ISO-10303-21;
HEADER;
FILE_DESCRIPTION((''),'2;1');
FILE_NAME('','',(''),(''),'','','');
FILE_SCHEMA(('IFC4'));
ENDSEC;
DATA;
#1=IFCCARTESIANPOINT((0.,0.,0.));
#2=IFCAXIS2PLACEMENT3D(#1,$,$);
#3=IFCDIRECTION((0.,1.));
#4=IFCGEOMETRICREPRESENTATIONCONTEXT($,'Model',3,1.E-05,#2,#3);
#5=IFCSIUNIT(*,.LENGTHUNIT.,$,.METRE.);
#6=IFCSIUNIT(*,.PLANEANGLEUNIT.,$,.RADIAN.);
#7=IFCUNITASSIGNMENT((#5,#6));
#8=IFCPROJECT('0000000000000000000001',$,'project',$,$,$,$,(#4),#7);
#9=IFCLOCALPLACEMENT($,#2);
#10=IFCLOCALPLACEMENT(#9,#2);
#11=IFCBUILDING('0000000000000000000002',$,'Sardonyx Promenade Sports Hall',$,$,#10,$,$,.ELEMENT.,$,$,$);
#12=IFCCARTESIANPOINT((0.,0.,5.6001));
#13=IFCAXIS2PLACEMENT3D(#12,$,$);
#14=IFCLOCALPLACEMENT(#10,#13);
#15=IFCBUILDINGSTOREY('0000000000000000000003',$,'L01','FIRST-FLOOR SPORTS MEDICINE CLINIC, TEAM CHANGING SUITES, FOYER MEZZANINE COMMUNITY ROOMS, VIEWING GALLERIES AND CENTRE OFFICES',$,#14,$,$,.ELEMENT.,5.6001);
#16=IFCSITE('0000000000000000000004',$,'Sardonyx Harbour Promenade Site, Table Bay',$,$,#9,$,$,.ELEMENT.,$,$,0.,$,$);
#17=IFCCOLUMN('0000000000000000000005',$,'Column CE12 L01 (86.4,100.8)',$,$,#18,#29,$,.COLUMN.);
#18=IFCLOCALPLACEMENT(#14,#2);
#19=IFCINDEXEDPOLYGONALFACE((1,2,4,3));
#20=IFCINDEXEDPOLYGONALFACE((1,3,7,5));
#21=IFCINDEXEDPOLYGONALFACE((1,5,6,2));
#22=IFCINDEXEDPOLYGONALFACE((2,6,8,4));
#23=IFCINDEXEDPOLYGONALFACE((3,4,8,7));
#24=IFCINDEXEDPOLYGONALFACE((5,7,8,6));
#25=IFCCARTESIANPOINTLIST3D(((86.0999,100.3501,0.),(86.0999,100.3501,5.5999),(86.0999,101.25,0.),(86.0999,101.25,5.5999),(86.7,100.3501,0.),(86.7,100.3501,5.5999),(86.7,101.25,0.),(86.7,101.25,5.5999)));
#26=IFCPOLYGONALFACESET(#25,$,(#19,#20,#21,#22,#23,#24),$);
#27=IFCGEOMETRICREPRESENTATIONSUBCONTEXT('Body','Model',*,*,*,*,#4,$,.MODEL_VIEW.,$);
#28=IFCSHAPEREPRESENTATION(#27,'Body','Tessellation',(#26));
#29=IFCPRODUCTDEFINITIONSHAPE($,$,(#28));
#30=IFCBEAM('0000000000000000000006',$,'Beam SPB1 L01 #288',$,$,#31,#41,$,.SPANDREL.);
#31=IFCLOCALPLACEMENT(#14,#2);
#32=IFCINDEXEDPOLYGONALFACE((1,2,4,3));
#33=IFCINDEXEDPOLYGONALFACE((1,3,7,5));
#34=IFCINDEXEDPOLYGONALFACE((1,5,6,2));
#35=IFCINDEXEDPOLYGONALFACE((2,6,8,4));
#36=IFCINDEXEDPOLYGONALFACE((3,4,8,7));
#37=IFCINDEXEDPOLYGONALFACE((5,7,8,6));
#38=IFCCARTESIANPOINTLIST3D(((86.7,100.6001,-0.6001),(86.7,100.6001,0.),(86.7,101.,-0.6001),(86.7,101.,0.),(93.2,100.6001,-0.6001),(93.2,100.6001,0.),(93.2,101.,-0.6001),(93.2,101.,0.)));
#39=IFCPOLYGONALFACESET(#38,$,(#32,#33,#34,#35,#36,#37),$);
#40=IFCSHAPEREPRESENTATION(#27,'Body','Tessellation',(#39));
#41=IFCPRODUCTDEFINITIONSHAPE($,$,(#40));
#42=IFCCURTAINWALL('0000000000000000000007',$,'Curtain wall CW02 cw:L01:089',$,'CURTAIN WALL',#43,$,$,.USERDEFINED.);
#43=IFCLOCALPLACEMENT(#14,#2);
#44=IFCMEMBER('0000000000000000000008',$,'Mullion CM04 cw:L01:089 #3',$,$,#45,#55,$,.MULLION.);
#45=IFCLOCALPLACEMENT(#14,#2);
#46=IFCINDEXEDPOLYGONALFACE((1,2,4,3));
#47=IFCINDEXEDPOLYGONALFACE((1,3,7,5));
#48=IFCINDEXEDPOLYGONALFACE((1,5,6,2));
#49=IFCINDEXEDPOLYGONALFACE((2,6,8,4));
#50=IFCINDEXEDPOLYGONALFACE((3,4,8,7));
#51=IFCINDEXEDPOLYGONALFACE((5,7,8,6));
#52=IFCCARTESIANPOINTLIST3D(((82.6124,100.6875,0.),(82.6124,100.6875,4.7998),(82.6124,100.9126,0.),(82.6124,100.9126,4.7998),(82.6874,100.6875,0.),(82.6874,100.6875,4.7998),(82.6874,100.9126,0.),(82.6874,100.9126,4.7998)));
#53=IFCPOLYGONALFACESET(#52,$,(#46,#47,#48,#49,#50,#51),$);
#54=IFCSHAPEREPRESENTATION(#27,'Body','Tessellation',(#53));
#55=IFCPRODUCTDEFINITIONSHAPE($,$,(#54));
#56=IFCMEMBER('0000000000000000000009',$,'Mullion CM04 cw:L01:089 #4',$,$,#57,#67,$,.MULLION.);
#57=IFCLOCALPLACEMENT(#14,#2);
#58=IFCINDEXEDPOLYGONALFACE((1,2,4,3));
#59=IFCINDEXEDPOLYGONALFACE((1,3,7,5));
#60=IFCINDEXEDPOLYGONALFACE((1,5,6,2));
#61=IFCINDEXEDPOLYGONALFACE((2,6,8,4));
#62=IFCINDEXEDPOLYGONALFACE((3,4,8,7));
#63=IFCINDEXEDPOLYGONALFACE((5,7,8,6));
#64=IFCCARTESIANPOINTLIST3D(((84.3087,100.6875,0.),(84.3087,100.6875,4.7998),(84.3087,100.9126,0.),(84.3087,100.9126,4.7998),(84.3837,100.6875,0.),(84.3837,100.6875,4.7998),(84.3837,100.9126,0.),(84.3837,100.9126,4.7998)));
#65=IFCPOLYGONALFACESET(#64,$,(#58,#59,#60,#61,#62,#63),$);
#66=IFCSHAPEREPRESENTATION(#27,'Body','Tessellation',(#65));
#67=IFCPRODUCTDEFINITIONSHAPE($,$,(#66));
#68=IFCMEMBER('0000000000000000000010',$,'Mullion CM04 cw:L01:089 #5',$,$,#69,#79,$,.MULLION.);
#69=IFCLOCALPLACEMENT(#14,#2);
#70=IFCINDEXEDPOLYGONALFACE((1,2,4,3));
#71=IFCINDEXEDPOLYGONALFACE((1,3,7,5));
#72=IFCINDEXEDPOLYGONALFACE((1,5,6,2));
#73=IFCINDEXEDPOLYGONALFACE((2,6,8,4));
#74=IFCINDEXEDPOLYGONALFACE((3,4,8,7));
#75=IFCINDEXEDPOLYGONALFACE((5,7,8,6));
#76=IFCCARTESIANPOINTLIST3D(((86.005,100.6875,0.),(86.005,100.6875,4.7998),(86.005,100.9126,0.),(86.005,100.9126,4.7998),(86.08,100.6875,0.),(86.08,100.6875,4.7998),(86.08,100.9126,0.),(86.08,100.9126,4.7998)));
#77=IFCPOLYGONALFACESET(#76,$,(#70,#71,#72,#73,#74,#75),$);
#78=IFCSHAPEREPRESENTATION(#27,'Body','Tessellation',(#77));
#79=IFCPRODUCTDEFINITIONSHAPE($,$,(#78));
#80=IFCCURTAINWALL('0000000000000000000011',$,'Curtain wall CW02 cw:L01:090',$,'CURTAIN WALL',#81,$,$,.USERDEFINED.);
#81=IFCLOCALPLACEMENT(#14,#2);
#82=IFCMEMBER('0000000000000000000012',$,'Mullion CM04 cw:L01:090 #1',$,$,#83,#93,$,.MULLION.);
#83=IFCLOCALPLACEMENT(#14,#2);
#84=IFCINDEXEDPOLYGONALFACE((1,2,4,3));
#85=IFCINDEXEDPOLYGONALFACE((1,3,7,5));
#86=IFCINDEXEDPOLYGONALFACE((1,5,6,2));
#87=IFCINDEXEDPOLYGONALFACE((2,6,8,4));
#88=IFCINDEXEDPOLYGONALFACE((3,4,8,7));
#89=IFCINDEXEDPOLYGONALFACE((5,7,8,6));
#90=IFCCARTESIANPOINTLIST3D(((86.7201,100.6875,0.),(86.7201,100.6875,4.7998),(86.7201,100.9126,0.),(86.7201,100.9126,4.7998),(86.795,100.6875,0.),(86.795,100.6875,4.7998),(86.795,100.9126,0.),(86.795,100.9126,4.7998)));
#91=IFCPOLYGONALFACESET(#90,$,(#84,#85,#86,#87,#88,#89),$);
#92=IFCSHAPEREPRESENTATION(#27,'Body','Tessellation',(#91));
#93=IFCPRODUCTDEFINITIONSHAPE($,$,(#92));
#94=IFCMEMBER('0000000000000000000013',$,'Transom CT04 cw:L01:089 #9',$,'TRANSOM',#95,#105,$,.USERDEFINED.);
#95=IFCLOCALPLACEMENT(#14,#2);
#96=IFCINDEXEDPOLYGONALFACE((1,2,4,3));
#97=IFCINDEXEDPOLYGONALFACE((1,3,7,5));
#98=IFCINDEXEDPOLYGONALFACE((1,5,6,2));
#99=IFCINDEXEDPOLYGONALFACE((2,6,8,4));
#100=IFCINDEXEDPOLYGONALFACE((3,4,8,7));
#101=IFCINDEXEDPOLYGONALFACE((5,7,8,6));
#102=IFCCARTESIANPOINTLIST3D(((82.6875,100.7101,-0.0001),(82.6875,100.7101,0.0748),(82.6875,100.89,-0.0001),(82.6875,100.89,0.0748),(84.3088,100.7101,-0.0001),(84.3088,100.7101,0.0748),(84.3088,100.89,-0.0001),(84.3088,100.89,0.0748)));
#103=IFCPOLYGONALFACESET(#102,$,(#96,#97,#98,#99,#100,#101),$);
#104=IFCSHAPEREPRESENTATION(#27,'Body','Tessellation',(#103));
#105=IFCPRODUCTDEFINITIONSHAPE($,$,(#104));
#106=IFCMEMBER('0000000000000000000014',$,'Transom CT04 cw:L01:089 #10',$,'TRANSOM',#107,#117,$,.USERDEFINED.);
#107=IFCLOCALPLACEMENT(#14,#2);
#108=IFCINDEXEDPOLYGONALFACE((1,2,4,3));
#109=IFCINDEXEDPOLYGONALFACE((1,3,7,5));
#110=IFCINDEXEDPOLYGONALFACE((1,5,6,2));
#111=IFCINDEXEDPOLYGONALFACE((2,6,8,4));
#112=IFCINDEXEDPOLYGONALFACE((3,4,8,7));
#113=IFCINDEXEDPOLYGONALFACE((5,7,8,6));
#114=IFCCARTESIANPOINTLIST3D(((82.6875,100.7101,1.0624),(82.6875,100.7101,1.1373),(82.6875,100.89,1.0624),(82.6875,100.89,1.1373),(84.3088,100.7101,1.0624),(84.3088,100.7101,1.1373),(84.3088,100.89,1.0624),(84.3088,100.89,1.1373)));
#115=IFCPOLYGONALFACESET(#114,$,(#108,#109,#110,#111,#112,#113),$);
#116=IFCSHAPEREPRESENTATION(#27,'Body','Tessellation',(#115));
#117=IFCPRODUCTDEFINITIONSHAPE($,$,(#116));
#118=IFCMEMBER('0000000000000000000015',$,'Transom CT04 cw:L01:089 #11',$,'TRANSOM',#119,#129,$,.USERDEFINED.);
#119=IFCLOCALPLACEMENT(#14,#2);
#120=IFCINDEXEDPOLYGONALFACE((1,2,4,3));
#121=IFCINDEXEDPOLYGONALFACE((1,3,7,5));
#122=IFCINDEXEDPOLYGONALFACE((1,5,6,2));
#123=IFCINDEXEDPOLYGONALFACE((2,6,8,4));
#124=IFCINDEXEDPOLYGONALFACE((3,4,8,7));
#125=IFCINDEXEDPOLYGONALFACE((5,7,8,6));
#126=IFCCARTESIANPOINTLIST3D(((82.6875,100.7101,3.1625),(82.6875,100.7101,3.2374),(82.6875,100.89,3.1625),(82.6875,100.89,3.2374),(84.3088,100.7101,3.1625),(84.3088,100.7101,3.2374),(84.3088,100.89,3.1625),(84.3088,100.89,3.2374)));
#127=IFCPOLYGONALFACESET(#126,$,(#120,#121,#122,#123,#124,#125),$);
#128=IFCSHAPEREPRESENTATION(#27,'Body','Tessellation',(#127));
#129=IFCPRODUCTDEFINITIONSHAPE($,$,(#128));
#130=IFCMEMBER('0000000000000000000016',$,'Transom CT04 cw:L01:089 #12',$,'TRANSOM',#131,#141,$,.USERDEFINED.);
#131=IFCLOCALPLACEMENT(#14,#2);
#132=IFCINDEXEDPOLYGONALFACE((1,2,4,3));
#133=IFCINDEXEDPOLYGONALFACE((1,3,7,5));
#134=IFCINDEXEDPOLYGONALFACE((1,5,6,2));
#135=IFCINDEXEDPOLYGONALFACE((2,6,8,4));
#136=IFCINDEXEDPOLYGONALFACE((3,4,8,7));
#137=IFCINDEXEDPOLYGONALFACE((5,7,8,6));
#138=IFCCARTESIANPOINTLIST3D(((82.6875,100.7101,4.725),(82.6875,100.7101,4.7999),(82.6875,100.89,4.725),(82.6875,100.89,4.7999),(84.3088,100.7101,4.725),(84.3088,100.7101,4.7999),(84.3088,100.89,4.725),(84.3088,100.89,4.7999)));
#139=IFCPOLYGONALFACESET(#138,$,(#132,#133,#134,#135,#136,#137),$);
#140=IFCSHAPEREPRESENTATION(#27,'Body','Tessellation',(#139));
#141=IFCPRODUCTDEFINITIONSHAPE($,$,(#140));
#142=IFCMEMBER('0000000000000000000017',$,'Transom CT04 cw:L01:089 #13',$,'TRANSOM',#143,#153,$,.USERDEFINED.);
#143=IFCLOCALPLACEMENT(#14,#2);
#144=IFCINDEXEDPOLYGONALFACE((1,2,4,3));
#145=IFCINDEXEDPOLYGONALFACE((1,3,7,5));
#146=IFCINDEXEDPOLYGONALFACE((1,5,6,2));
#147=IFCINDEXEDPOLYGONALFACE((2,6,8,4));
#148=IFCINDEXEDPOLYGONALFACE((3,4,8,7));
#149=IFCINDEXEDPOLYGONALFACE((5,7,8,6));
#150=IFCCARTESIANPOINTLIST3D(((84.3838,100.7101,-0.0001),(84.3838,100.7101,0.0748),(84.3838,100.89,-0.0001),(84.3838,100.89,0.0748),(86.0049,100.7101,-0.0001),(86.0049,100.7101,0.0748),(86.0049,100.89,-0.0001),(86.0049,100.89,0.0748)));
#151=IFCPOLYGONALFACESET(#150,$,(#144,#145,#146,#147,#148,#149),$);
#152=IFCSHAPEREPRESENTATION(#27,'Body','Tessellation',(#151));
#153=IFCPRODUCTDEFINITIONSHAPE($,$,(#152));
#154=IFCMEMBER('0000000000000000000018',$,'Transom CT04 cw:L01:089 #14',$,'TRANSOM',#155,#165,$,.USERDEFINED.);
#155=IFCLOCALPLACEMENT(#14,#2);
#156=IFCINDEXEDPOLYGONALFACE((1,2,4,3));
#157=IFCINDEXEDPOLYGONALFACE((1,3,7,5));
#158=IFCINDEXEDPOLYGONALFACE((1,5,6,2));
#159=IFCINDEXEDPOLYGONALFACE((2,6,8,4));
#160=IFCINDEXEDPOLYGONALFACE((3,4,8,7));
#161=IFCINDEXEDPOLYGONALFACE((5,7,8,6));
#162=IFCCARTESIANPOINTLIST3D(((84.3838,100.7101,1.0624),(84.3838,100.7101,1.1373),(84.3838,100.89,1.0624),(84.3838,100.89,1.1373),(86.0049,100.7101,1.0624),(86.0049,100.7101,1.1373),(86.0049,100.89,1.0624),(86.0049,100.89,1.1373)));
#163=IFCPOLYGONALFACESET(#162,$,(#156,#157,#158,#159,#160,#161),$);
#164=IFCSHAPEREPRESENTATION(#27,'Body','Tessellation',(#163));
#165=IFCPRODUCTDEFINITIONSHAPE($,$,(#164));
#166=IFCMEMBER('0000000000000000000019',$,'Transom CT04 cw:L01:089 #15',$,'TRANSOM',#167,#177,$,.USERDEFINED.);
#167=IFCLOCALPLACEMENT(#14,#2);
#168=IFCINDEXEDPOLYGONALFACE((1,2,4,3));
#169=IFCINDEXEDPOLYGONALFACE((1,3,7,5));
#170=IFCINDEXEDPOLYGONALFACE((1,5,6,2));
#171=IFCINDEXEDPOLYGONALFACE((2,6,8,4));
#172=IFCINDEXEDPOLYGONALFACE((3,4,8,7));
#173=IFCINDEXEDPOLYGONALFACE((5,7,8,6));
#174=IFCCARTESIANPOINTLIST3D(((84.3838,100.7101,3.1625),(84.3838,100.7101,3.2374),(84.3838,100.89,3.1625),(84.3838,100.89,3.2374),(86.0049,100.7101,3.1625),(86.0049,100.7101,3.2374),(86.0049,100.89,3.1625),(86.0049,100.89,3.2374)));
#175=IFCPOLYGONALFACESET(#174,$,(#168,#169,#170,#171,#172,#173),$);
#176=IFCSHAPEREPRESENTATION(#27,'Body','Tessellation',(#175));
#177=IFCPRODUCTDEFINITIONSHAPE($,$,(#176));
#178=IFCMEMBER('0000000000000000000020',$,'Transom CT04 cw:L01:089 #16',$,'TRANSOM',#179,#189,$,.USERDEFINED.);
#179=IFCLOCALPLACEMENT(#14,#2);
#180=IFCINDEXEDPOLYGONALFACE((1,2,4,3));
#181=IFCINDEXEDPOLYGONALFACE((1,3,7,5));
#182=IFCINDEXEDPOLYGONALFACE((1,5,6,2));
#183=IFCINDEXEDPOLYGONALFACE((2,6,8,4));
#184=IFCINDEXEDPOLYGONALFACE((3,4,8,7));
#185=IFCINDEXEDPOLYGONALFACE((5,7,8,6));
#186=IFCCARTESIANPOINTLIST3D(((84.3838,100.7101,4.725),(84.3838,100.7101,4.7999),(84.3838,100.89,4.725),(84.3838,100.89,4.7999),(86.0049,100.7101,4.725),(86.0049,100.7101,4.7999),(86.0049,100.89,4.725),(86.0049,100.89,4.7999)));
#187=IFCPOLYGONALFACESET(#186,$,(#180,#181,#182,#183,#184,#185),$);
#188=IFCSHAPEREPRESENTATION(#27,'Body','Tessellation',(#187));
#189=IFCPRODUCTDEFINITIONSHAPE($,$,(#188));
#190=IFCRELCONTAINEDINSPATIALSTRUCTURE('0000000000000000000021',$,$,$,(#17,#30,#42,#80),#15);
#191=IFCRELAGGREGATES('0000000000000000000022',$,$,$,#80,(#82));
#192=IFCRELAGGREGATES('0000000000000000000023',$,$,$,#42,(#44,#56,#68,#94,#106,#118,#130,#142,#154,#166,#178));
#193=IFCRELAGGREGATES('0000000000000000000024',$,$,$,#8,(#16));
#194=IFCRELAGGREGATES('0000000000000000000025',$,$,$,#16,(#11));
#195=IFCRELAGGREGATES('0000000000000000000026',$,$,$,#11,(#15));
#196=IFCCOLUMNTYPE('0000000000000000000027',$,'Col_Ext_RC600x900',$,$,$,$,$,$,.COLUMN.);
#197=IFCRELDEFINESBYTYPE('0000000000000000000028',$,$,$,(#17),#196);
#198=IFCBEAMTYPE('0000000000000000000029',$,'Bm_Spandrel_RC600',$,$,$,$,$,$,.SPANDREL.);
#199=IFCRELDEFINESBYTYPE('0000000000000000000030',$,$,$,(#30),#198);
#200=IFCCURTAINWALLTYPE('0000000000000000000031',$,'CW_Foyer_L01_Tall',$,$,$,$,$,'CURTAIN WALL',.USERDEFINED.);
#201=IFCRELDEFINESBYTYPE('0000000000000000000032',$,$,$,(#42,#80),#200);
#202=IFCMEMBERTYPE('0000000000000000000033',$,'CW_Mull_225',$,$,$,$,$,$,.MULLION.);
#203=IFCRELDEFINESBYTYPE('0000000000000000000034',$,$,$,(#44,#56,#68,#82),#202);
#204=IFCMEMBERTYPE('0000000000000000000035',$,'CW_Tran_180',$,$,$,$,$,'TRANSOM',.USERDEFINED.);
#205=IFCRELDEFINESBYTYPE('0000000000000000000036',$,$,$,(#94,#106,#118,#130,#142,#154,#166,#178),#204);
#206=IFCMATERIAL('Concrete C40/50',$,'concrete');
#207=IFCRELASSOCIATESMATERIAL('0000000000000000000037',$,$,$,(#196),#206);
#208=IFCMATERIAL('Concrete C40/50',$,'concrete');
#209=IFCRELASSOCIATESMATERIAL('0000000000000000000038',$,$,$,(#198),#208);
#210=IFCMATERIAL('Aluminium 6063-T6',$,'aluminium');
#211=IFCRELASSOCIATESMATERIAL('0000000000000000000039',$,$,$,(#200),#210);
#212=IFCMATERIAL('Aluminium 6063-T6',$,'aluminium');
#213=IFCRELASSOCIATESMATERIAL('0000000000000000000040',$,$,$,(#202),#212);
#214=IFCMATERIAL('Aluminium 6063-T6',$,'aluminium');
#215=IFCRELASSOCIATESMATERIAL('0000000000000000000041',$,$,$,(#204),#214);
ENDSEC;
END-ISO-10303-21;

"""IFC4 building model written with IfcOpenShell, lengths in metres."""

from ifc_helpers import new_model, si_unit, direction, frame, origin, origin_2d, place, context, subcontext, project, spatial, rectangle, extrude, material, material_profile, profile_set, type_object, element, aggregate, save


model = new_model("IFC4")

# Units and contexts
model_context = context("Model", 3, precision=1e-05, world=origin(), true_north=direction((0.0, 1.0)))
body_context = subcontext(model_context, "Body", "Model", "MODEL_VIEW")
ifc_project = project(units=[si_unit("LENGTHUNIT", "METRE"), si_unit("PLANEANGLEUNIT", "RADIAN")], contexts=[model_context])

# Site, building, storey
site_placement = place(None, origin())
site = spatial("IfcSite", under=ifc_project, at=site_placement, Name="Sardonyx Harbour Promenade Site, Table Bay", CompositionType="ELEMENT", RefElevation=0.0)
building_placement = place(site_placement, origin())
building = spatial("IfcBuilding", under=site, at=building_placement, Name="Sardonyx Promenade Sports Hall", CompositionType="ELEMENT")
storey_placement = place(building_placement, frame((0.0, 0.0, 5.6001)))
storey = spatial("IfcBuildingStorey", under=building, at=storey_placement, Name="L01", Description="FIRST-FLOOR SPORTS MEDICINE CLINIC, TEAM CHANGING SUITES, FOYER MEZZANINE COMMUNITY ROOMS, VIEWING GALLERIES AND CENTRE OFFICES", CompositionType="ELEMENT", Elevation=5.6001)

# Column
ifc_material_1 = material(Name="Concrete C40/50", Category="concrete")
ifc_material_profile_1 = material_profile(ifc_material_1, rectangle(XDim=0.6001, YDim=0.8999, at=origin_2d()))
ifc_profile_set_1 = profile_set([ifc_material_profile_1], Name="Concrete C40/50")
column_type = type_object("IfcColumnType", Name="Col_Ext_RC600x900", PredefinedType="COLUMN", material=ifc_profile_set_1)
column_placement = place(storey_placement, frame((86.3999, 100.8, 0.0), z_axis=(0.0, 0.0, 1.0), x_axis=(1.0, 0.0, 0.0)))
element("IfcColumn", 1, at=column_placement, inside=storey, type_object=column_type, Name="Column CE12 L01 (86.4,100.8)", PredefinedType="COLUMN", context=body_context, shape_type="SweptSolid", body=[
    extrude(rectangle(XDim=0.6001, YDim=0.8999, at=origin_2d()), origin(), (0.0, 0.0, 1.0), 5.5999),
])

# Beam
ifc_material_2 = material(Name="Concrete C40/50", Category="concrete")
ifc_material_profile_2 = material_profile(ifc_material_2, rectangle(XDim=0.3999, YDim=0.6001, at=origin_2d()))
ifc_profile_set_2 = profile_set([ifc_material_profile_2], Name="Concrete C40/50")
beam_type = type_object("IfcBeamType", Name="Bm_Spandrel_RC600", PredefinedType="SPANDREL", material=ifc_profile_set_2)
beam_placement = place(storey_placement, frame((86.7, 100.8, -0.3), z_axis=(1.0, 0.0, 0.0), x_axis=(0.0, 1.0, 0.0)))
element("IfcBeam", 2, at=beam_placement, inside=storey, type_object=beam_type, Name="Beam SPB1 L01 #288", PredefinedType="SPANDREL", context=body_context, shape_type="SweptSolid", body=[
    extrude(rectangle(XDim=0.3999, YDim=0.6001, at=origin_2d()), origin(), (0.0, 0.0, 1.0), 6.5),
])

# Curtain wall, members
ifc_material_3 = material(Name="Aluminium 6063-T6", Category="aluminium")
curtain_wall_type = type_object("IfcCurtainWallType", Name="CW_Foyer_L01_Tall", ElementType="CURTAIN WALL", PredefinedType="USERDEFINED", material=ifc_material_3)
curtain_wall_1_placement = place(storey_placement, origin())
curtain_wall_1 = element("IfcCurtainWall", 3, at=curtain_wall_1_placement, inside=storey, type_object=curtain_wall_type, Name="Curtain wall CW02 cw:L01:089", ObjectType="CURTAIN WALL", PredefinedType="USERDEFINED")
ifc_material_4 = material(Name="Aluminium 6063-T6", Category="aluminium")
ifc_material_profile_3 = material_profile(ifc_material_4, rectangle(XDim=0.075, YDim=0.2251, at=origin_2d()))
ifc_profile_set_3 = profile_set([ifc_material_profile_3], Name="Aluminium 6063-T6")
member_type_1 = type_object("IfcMemberType", Name="CW_Mull_225", PredefinedType="MULLION", material=ifc_profile_set_3)
member_1_placement = place(storey_placement, frame((82.6499, 100.8, 0.0), z_axis=(0.0, 0.0, 1.0), x_axis=(1.0, 0.0, 0.0)))
member_1 = element("IfcMember", 4, at=member_1_placement, type_object=member_type_1, Name="Mullion CM04 cw:L01:089 #3", PredefinedType="MULLION", context=body_context, shape_type="SweptSolid", body=[
    extrude(rectangle(XDim=0.075, YDim=0.2251, at=origin_2d()), origin(), (0.0, 0.0, 1.0), 4.7998),
])
member_2_placement = place(storey_placement, frame((84.3462, 100.8, 0.0), z_axis=(0.0, 0.0, 1.0), x_axis=(1.0, 0.0, 0.0)))
member_2 = element("IfcMember", 5, at=member_2_placement, type_object=member_type_1, Name="Mullion CM04 cw:L01:089 #4", PredefinedType="MULLION", context=body_context, shape_type="SweptSolid", body=[
    extrude(rectangle(XDim=0.075, YDim=0.2251, at=origin_2d()), origin(), (0.0, 0.0, 1.0), 4.7998),
])
member_3_placement = place(storey_placement, frame((86.0425, 100.8, 0.0), z_axis=(0.0, 0.0, 1.0), x_axis=(1.0, 0.0, 0.0)))
member_3 = element("IfcMember", 6, at=member_3_placement, type_object=member_type_1, Name="Mullion CM04 cw:L01:089 #5", PredefinedType="MULLION", context=body_context, shape_type="SweptSolid", body=[
    extrude(rectangle(XDim=0.075, YDim=0.2251, at=origin_2d()), origin(), (0.0, 0.0, 1.0), 4.7998),
])

# Curtain wall, member
curtain_wall_2_placement = place(storey_placement, origin())
curtain_wall_2 = element("IfcCurtainWall", 7, at=curtain_wall_2_placement, inside=storey, type_object=curtain_wall_type, Name="Curtain wall CW02 cw:L01:090", ObjectType="CURTAIN WALL", PredefinedType="USERDEFINED")
member_4_placement = place(storey_placement, frame((86.7576, 100.8, 0.0), z_axis=(0.0, 0.0, 1.0), x_axis=(1.0, 0.0, 0.0)))
member_4 = element("IfcMember", 8, at=member_4_placement, type_object=member_type_1, Name="Mullion CM04 cw:L01:090 #1", PredefinedType="MULLION", context=body_context, shape_type="SweptSolid", body=[
    extrude(rectangle(XDim=0.075, YDim=0.2251, at=origin_2d()), origin(), (0.0, 0.0, 1.0), 4.7998),
])
aggregate(curtain_wall_2, [member_4])

# Members
ifc_material_5 = material(Name="Aluminium 6063-T6", Category="aluminium")
ifc_material_profile_4 = material_profile(ifc_material_5, rectangle(XDim=0.075, YDim=0.1799, at=origin_2d()))
ifc_profile_set_4 = profile_set([ifc_material_profile_4], Name="Aluminium 6063-T6")
member_type_2 = type_object("IfcMemberType", Name="CW_Tran_180", ElementType="TRANSOM", PredefinedType="USERDEFINED", material=ifc_profile_set_4)
member_5_placement = place(storey_placement, frame((82.6875, 100.8, 0.0374), z_axis=(1.0, 0.0, 0.0), x_axis=(0.0, 0.0, 1.0)))
member_5 = element("IfcMember", 9, at=member_5_placement, type_object=member_type_2, Name="Transom CT04 cw:L01:089 #9", ObjectType="TRANSOM", PredefinedType="USERDEFINED", context=body_context, shape_type="SweptSolid", body=[
    extrude(rectangle(XDim=0.075, YDim=0.1799, at=origin_2d()), origin(), (0.0, 0.0, 1.0), 1.6213),
])
member_6_placement = place(storey_placement, frame((82.6875, 100.8, 1.0999), z_axis=(1.0, 0.0, 0.0), x_axis=(0.0, 0.0, 1.0)))
member_6 = element("IfcMember", 10, at=member_6_placement, type_object=member_type_2, Name="Transom CT04 cw:L01:089 #10", ObjectType="TRANSOM", PredefinedType="USERDEFINED", context=body_context, shape_type="SweptSolid", body=[
    extrude(rectangle(XDim=0.075, YDim=0.1799, at=origin_2d()), origin(), (0.0, 0.0, 1.0), 1.6213),
])
member_7_placement = place(storey_placement, frame((82.6875, 100.8, 3.2), z_axis=(1.0, 0.0, 0.0), x_axis=(0.0, 0.0, 1.0)))
member_7 = element("IfcMember", 11, at=member_7_placement, type_object=member_type_2, Name="Transom CT04 cw:L01:089 #11", ObjectType="TRANSOM", PredefinedType="USERDEFINED", context=body_context, shape_type="SweptSolid", body=[
    extrude(rectangle(XDim=0.075, YDim=0.1799, at=origin_2d()), origin(), (0.0, 0.0, 1.0), 1.6213),
])
member_8_placement = place(storey_placement, frame((82.6875, 100.8, 4.7625), z_axis=(1.0, 0.0, 0.0), x_axis=(0.0, 0.0, 1.0)))
member_8 = element("IfcMember", 12, at=member_8_placement, type_object=member_type_2, Name="Transom CT04 cw:L01:089 #12", ObjectType="TRANSOM", PredefinedType="USERDEFINED", context=body_context, shape_type="SweptSolid", body=[
    extrude(rectangle(XDim=0.075, YDim=0.1799, at=origin_2d()), origin(), (0.0, 0.0, 1.0), 1.6213),
])
member_9_placement = place(storey_placement, frame((84.3838, 100.8, 0.0374), z_axis=(1.0, 0.0, 0.0), x_axis=(0.0, 0.0, 1.0)))
member_9 = element("IfcMember", 13, at=member_9_placement, type_object=member_type_2, Name="Transom CT04 cw:L01:089 #13", ObjectType="TRANSOM", PredefinedType="USERDEFINED", context=body_context, shape_type="SweptSolid", body=[
    extrude(rectangle(XDim=0.075, YDim=0.1799, at=origin_2d()), origin(), (0.0, 0.0, 1.0), 1.6211),
])
member_10_placement = place(storey_placement, frame((84.3838, 100.8, 1.0999), z_axis=(1.0, 0.0, 0.0), x_axis=(0.0, 0.0, 1.0)))
member_10 = element("IfcMember", 14, at=member_10_placement, type_object=member_type_2, Name="Transom CT04 cw:L01:089 #14", ObjectType="TRANSOM", PredefinedType="USERDEFINED", context=body_context, shape_type="SweptSolid", body=[
    extrude(rectangle(XDim=0.075, YDim=0.1799, at=origin_2d()), origin(), (0.0, 0.0, 1.0), 1.6211),
])
member_11_placement = place(storey_placement, frame((84.3838, 100.8, 3.2), z_axis=(1.0, 0.0, 0.0), x_axis=(0.0, 0.0, 1.0)))
member_11 = element("IfcMember", 15, at=member_11_placement, type_object=member_type_2, Name="Transom CT04 cw:L01:089 #15", ObjectType="TRANSOM", PredefinedType="USERDEFINED", context=body_context, shape_type="SweptSolid", body=[
    extrude(rectangle(XDim=0.075, YDim=0.1799, at=origin_2d()), origin(), (0.0, 0.0, 1.0), 1.6211),
])
member_12_placement = place(storey_placement, frame((84.3838, 100.8, 4.7625), z_axis=(1.0, 0.0, 0.0), x_axis=(0.0, 0.0, 1.0)))
member_12 = element("IfcMember", 16, at=member_12_placement, type_object=member_type_2, Name="Transom CT04 cw:L01:089 #16", ObjectType="TRANSOM", PredefinedType="USERDEFINED", context=body_context, shape_type="SweptSolid", body=[
    extrude(rectangle(XDim=0.075, YDim=0.1799, at=origin_2d()), origin(), (0.0, 0.0, 1.0), 1.6211),
])

aggregate(curtain_wall_1, [member_1, member_2, member_3, member_5, member_6, member_7, member_8, member_9, member_10, member_11, member_12])

save(model, "model.ifc")
